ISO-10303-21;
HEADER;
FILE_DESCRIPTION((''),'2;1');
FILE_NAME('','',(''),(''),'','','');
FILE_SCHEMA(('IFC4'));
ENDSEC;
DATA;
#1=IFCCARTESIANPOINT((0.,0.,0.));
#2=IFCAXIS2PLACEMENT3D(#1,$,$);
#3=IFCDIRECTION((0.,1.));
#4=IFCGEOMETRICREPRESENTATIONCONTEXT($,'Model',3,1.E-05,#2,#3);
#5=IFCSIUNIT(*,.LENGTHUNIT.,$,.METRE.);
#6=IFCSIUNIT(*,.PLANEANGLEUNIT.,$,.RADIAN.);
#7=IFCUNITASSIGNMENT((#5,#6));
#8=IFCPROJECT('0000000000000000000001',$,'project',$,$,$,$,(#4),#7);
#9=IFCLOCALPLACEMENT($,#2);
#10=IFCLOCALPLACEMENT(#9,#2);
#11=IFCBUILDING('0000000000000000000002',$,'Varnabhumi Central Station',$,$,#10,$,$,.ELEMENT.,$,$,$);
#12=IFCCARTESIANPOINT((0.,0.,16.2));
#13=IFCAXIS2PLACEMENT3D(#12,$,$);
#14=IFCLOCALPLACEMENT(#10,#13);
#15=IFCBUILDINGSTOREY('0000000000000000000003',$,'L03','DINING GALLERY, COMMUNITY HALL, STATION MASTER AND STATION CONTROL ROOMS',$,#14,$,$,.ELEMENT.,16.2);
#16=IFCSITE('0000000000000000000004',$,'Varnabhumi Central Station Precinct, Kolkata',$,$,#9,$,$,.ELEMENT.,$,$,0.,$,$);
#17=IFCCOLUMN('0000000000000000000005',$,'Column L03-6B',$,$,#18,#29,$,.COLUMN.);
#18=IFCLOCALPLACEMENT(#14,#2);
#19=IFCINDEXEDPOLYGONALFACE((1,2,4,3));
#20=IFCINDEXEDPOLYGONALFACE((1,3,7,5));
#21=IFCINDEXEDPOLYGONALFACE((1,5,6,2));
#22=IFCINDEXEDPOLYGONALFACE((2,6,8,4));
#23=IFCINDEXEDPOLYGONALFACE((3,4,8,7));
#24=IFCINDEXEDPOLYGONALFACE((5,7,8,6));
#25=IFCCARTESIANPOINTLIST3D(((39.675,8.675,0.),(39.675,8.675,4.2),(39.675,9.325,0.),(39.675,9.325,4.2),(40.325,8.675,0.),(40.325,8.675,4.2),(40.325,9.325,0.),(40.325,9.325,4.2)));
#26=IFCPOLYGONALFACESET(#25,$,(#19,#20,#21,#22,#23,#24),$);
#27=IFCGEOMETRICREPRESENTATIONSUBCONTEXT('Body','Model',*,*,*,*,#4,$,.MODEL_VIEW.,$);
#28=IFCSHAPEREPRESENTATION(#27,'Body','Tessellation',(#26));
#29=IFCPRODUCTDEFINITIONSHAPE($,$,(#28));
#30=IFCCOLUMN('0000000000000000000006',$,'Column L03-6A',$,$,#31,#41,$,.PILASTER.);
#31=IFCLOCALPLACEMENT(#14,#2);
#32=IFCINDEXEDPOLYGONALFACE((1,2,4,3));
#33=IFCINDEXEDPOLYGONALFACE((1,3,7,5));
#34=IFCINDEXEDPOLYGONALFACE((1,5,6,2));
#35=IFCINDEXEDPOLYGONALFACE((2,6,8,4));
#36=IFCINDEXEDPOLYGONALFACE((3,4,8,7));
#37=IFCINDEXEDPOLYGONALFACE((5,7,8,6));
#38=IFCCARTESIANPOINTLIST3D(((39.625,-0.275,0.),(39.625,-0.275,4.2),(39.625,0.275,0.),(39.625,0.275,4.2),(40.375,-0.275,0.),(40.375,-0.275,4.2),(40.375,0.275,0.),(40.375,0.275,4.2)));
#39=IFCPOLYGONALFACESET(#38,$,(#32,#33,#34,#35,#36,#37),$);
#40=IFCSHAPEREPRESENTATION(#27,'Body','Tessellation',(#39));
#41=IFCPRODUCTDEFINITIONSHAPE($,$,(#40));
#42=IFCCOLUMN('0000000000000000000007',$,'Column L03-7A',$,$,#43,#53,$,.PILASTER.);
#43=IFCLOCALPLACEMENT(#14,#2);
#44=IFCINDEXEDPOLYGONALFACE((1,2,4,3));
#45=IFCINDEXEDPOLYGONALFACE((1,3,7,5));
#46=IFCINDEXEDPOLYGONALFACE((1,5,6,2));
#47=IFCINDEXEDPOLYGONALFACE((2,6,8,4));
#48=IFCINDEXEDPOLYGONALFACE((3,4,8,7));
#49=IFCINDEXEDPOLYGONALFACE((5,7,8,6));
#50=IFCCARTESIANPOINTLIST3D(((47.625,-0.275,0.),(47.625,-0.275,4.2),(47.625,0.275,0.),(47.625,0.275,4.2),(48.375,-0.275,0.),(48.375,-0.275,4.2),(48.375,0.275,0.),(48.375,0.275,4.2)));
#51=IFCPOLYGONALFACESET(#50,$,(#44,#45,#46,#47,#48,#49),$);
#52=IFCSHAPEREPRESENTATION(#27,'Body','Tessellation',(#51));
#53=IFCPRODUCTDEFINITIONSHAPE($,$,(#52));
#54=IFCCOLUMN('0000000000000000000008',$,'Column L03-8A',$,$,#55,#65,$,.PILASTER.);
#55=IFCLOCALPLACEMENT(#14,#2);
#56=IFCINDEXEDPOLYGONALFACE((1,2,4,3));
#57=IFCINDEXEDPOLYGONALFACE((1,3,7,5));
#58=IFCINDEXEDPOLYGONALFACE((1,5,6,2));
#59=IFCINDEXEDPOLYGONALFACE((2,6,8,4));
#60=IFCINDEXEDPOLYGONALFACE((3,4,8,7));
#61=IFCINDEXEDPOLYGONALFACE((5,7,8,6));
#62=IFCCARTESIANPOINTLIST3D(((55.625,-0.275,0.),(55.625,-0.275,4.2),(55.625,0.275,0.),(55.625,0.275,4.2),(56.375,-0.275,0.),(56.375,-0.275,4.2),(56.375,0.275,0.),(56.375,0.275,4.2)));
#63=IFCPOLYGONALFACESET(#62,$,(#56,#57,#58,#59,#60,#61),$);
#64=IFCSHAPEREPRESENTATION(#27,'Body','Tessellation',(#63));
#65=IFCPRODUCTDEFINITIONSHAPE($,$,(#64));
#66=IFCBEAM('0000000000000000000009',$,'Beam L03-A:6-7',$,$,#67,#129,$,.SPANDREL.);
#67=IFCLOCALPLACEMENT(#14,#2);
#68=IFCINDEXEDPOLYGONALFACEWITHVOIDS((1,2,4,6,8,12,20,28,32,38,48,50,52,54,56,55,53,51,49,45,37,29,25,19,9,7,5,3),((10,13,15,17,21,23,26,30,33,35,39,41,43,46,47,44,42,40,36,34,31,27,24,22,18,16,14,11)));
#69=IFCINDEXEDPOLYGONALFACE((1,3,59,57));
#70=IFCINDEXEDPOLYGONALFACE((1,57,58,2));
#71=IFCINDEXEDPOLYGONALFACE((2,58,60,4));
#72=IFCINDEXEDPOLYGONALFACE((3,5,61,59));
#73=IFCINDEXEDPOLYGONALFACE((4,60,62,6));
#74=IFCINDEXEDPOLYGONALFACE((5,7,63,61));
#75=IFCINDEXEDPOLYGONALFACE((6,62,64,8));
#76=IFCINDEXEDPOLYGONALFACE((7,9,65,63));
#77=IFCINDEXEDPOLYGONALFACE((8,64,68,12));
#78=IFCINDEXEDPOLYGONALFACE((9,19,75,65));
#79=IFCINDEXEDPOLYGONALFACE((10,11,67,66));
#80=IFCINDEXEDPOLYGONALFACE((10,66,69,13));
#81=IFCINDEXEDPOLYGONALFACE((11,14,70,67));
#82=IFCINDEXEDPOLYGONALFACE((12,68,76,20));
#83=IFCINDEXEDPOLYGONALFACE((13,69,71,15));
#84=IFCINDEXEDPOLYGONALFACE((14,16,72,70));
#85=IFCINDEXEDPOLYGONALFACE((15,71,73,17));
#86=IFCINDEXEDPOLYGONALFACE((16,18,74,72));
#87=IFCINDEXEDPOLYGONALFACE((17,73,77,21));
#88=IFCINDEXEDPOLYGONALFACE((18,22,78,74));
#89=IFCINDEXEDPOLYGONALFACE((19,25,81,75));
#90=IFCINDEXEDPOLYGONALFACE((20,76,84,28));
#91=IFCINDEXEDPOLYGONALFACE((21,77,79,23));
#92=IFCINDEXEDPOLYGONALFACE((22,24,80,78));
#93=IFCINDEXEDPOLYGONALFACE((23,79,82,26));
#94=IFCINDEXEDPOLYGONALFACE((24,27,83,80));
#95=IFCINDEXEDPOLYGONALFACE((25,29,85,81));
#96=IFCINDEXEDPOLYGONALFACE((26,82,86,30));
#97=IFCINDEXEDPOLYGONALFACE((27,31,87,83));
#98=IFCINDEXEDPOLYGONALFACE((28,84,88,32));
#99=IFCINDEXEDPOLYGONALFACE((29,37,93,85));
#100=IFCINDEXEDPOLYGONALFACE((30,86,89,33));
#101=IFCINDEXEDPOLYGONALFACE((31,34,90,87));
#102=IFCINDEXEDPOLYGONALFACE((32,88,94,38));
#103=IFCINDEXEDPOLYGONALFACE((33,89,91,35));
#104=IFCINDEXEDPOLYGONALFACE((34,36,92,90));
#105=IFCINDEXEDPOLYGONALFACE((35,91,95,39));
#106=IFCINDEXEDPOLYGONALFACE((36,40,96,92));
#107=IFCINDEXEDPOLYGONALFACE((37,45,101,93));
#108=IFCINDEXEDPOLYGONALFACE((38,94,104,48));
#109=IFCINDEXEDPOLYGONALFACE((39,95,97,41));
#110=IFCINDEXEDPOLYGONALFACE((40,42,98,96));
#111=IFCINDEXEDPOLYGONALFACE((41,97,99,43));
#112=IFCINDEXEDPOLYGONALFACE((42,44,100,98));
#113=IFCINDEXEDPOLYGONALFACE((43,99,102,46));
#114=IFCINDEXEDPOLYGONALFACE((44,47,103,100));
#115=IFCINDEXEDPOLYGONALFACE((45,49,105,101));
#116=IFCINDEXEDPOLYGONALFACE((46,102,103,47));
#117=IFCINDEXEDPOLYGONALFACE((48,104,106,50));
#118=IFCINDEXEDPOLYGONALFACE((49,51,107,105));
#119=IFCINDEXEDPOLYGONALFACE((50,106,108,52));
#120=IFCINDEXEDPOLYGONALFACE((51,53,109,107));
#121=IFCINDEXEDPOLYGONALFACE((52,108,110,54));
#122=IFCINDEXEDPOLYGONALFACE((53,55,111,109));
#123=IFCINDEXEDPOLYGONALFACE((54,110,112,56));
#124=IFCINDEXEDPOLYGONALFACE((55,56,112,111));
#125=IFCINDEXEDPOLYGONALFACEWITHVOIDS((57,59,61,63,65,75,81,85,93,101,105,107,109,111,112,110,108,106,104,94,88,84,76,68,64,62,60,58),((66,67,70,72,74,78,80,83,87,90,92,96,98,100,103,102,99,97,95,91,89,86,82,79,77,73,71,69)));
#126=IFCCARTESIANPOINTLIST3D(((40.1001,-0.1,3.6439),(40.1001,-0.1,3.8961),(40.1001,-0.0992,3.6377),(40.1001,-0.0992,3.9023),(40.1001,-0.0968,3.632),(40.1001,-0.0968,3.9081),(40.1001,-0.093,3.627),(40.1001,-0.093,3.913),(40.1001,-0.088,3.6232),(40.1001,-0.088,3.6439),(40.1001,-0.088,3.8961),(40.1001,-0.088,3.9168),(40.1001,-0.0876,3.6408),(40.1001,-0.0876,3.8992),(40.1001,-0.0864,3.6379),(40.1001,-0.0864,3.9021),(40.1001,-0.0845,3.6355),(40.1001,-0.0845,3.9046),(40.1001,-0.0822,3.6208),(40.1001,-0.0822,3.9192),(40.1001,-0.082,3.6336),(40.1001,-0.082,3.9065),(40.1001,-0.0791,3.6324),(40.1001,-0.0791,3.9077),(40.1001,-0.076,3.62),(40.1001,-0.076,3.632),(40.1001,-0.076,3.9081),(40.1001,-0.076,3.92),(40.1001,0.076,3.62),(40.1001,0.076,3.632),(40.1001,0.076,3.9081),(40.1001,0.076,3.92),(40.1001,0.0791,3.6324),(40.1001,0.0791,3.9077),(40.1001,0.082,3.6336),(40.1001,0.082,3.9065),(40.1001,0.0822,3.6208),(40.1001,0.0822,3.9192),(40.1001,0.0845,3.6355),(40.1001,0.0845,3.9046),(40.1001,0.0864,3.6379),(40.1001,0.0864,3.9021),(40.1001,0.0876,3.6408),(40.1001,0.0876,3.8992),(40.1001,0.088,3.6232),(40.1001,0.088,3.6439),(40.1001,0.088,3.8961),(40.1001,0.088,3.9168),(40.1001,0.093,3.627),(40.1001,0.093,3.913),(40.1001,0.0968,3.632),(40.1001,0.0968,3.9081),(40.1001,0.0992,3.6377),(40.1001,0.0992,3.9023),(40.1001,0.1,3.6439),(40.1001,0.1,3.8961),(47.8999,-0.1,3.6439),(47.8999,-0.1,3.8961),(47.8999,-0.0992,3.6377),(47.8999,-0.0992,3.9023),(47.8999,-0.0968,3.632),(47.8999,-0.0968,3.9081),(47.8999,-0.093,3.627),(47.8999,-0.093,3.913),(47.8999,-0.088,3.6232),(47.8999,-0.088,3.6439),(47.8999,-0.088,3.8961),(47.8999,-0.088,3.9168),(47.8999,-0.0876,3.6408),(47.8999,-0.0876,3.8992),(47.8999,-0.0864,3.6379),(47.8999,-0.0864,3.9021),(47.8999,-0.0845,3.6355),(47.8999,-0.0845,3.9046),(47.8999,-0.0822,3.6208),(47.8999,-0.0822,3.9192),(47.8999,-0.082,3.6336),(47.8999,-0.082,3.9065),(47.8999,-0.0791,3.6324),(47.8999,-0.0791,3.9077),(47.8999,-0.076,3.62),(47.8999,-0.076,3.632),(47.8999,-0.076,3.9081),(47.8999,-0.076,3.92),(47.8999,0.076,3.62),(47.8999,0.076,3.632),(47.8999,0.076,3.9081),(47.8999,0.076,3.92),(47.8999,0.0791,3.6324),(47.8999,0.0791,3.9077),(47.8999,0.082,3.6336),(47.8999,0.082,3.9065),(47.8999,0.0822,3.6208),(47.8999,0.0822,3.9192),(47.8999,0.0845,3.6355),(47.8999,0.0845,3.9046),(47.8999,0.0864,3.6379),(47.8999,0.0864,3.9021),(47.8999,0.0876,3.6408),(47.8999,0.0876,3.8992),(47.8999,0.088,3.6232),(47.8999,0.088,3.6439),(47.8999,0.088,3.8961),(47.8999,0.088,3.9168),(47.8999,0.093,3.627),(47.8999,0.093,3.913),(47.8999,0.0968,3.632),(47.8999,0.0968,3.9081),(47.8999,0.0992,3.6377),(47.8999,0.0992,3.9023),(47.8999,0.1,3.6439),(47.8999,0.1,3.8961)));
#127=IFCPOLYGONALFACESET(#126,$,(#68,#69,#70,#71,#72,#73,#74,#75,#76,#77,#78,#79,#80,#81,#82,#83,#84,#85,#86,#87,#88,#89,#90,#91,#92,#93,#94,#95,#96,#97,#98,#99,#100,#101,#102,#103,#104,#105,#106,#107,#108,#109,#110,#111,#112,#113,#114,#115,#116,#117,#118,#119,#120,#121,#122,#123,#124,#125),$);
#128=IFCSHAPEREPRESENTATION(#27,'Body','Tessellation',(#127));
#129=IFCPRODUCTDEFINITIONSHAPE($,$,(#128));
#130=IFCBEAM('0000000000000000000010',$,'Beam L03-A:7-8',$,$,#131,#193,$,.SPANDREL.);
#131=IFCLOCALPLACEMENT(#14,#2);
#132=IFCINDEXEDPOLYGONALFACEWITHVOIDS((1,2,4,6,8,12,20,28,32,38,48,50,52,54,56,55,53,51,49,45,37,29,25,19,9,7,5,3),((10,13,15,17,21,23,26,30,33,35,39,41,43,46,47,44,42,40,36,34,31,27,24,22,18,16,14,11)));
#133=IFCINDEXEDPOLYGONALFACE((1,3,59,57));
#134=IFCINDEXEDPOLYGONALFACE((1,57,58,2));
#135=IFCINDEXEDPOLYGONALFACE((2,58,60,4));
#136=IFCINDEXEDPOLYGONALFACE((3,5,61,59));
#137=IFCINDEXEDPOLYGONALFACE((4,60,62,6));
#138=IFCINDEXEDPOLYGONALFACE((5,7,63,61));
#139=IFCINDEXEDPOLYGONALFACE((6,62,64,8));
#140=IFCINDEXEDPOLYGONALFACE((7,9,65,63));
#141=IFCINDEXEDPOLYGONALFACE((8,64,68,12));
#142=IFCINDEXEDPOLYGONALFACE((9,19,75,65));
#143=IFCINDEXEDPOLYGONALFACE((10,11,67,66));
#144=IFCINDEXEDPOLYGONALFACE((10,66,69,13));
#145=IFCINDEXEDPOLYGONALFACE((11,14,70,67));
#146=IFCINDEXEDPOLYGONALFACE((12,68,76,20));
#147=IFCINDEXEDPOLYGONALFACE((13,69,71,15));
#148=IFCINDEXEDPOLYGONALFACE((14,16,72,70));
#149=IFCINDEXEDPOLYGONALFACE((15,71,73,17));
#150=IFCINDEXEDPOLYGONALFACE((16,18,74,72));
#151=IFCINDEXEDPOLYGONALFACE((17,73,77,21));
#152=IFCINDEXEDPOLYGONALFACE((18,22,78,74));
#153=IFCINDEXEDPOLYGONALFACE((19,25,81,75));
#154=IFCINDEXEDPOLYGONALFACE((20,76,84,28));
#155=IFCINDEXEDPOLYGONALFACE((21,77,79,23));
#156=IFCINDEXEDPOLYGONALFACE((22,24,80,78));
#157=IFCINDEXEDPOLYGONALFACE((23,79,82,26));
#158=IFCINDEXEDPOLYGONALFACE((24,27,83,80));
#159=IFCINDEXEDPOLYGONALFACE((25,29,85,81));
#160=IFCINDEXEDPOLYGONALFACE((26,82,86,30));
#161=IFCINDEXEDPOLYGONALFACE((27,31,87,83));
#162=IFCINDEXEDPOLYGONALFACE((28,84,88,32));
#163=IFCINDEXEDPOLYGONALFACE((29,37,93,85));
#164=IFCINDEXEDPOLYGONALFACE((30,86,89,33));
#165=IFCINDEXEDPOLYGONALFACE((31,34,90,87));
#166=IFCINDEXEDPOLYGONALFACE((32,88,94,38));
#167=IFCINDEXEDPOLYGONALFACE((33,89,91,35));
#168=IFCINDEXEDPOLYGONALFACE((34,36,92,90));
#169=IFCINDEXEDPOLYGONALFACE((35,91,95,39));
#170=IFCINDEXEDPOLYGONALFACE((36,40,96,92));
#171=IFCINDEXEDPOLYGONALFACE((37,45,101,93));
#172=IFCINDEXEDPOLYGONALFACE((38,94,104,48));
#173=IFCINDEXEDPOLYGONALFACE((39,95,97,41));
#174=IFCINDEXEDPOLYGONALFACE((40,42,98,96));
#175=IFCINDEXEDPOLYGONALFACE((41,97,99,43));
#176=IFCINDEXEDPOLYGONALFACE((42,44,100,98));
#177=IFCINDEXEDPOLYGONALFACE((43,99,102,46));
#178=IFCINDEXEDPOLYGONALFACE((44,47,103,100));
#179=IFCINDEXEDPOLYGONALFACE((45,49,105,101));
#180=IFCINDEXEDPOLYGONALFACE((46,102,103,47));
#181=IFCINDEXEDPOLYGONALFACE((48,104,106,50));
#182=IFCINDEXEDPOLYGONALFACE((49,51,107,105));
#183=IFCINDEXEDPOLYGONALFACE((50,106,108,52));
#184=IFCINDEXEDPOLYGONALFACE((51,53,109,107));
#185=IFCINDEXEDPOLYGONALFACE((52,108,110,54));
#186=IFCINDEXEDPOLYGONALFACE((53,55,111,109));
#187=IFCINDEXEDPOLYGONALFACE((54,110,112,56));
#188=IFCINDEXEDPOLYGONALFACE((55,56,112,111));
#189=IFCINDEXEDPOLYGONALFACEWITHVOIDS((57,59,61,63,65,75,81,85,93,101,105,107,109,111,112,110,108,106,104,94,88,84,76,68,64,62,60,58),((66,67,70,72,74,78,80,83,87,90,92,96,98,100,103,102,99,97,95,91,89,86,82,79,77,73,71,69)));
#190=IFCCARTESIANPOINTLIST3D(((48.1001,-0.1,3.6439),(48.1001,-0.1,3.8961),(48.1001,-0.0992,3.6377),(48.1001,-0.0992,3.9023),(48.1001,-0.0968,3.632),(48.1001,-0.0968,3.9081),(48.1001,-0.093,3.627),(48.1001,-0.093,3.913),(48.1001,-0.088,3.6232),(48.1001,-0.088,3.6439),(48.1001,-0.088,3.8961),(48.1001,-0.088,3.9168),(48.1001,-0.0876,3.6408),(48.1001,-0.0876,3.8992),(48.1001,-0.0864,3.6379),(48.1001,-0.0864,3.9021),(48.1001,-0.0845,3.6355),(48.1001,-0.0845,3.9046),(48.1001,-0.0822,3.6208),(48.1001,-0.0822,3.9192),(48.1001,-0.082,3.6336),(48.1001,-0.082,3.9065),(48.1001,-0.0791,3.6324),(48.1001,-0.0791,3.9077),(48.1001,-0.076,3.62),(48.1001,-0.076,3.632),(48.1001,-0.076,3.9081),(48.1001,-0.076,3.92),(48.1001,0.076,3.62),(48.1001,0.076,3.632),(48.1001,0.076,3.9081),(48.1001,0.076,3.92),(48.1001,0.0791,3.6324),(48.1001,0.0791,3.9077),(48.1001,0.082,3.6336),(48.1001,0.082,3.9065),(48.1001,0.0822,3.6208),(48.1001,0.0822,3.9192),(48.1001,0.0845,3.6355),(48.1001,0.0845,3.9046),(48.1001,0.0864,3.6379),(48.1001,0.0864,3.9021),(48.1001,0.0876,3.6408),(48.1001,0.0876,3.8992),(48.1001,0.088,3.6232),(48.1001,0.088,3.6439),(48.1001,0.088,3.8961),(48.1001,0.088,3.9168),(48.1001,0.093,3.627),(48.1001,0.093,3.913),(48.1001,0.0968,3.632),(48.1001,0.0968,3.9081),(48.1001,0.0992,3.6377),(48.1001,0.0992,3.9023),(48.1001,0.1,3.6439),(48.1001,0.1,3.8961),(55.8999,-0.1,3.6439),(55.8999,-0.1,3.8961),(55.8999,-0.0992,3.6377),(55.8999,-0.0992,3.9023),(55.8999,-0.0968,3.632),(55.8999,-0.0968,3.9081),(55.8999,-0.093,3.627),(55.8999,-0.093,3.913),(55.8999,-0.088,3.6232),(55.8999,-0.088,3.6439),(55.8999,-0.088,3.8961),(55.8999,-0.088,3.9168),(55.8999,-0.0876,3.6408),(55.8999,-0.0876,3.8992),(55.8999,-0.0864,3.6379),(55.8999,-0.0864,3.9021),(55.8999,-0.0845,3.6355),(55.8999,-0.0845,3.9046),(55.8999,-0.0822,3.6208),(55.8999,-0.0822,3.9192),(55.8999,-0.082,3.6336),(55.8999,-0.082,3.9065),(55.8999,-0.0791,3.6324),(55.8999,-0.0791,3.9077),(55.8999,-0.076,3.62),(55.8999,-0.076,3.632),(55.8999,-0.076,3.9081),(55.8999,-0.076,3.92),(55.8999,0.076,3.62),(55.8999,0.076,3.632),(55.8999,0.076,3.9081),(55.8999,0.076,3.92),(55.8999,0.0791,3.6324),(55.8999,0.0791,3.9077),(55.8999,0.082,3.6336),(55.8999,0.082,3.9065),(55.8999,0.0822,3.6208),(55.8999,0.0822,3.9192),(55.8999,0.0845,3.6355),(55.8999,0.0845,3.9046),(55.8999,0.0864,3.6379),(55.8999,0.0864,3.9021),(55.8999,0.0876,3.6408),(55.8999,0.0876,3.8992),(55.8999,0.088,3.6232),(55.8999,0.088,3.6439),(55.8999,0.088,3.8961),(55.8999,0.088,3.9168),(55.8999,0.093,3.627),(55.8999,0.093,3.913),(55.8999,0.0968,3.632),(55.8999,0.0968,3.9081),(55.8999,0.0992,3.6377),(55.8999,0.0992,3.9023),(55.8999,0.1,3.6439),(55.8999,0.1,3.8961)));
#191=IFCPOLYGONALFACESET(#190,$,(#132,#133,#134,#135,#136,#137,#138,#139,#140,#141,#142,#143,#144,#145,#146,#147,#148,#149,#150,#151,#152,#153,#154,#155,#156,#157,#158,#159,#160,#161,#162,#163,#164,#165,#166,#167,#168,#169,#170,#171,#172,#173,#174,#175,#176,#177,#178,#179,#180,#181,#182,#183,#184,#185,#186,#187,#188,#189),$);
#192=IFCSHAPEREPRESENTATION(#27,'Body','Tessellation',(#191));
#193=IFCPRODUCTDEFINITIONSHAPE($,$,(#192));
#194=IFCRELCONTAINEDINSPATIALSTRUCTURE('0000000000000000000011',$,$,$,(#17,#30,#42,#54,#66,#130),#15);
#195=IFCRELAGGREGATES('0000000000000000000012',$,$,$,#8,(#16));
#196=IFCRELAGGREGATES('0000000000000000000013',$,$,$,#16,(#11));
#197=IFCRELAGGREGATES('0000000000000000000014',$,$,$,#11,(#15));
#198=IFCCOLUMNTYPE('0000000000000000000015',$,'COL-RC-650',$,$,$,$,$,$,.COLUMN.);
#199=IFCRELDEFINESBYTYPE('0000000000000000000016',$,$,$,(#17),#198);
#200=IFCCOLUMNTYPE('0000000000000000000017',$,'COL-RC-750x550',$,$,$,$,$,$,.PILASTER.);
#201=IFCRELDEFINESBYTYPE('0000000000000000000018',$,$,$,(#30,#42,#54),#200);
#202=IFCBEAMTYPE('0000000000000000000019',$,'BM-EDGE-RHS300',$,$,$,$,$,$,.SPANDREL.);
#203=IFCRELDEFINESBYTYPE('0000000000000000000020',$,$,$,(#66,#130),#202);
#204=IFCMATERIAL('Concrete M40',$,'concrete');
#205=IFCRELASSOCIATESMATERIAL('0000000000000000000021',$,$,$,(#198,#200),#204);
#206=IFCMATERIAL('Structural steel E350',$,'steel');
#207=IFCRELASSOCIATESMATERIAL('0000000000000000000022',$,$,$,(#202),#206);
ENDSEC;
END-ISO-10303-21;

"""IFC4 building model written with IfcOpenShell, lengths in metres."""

from ifc_helpers import new_model, si_unit, direction, frame, origin, origin_2d, place, context, subcontext, project, spatial, rectangle, hollow_rectangle, extrude, material, material_profile, profile_set, type_object, element, save


model = new_model("IFC4")

# Units and contexts
model_context = context("Model", 3, precision=1e-05, world=origin(), true_north=direction((0.0, 1.0)))
body_context = subcontext(model_context, "Body", "Model", "MODEL_VIEW")
ifc_project = project(units=[si_unit("LENGTHUNIT", "METRE"), si_unit("PLANEANGLEUNIT", "RADIAN")], contexts=[model_context])

# Site, building, storey
site_placement = place(None, origin())
site = spatial("IfcSite", under=ifc_project, at=site_placement, Name="Varnabhumi Central Station Precinct, Kolkata", CompositionType="ELEMENT", RefElevation=0.0)
building_placement = place(site_placement, origin())
building = spatial("IfcBuilding", under=site, at=building_placement, Name="Varnabhumi Central Station", CompositionType="ELEMENT")
storey_placement = place(building_placement, frame((0.0, 0.0, 16.2)))
storey = spatial("IfcBuildingStorey", under=building, at=storey_placement, Name="L03", Description="DINING GALLERY, COMMUNITY HALL, STATION MASTER AND STATION CONTROL ROOMS", CompositionType="ELEMENT", Elevation=16.2)

# Columns
ifc_material_1 = material(Name="Concrete M40", Category="concrete")
ifc_material_profile_1 = material_profile(ifc_material_1, rectangle(XDim=0.6499, YDim=0.6499, at=origin_2d()), Name="Concrete M40", Category="concrete")
ifc_profile_set_1 = profile_set([ifc_material_profile_1], Name="Concrete M40")
column_type_1 = type_object("IfcColumnType", Name="COL-RC-650", PredefinedType="COLUMN", material=ifc_profile_set_1)
column_placement = place(storey_placement, frame((40.0, 9.0, 0.0), z_axis=(0.0, 0.0, 1.0), x_axis=(1.0, 0.0, 0.0)))
element("IfcColumn", 1, at=column_placement, inside=storey, type_object=column_type_1, Name="Column L03-6B", PredefinedType="COLUMN", context=body_context, shape_type="SweptSolid", body=[
    extrude(rectangle(XDim=0.6499, YDim=0.6499, at=origin_2d()), origin(), (0.0, 0.0, 1.0), 4.2),
])
ifc_material_profile_2 = material_profile(ifc_material_1, rectangle(XDim=0.75, YDim=0.55, at=origin_2d()), Name="Concrete M40", Category="concrete")
ifc_profile_set_2 = profile_set([ifc_material_profile_2], Name="Concrete M40")
column_type_2 = type_object("IfcColumnType", Name="COL-RC-750x550", PredefinedType="PILASTER", material=ifc_profile_set_2)
for number, where, z_axis, x_axis, name in (
    (2, (40.0, 0.0, 0.0), (0.0, 0.0, 1.0), (1.0, 0.0, 0.0), "Column L03-6A"),
    (3, (48.0, 0.0, 0.0), (0.0, 0.0, 1.0), (1.0, 0.0, 0.0), "Column L03-7A"),
    (4, (56.0, 0.0, 0.0), (0.0, 0.0, 1.0), (1.0, 0.0, 0.0), "Column L03-8A"),
):
    element("IfcColumn", number, at=place(storey_placement, frame(where, z_axis=z_axis, x_axis=x_axis)), inside=storey, type_object=column_type_2, Name=name, PredefinedType="PILASTER", context=body_context, shape_type="SweptSolid", body=[
        extrude(rectangle(XDim=0.75, YDim=0.55, at=origin_2d()), origin(), (0.0, 0.0, 1.0), 4.2),
    ])

# Beams
ifc_material_2 = material(Name="Structural steel E350", Category="steel")
ifc_material_profile_3 = material_profile(ifc_material_2, hollow_rectangle(XDim=0.2, YDim=0.3, WallThickness=0.012, InnerFilletRadius=0.012, OuterFilletRadius=0.0239, at=origin_2d()), Name="Structural steel E350", Category="steel")
ifc_profile_set_3 = profile_set([ifc_material_profile_3], Name="Structural steel E350")
beam_type_1 = type_object("IfcBeamType", Name="BM-EDGE-RHS300", PredefinedType="SPANDREL", material=ifc_profile_set_3)
for number, where, z_axis, x_axis, name in (
    (5, (40.1001, 0.0, 3.77), (1.0, 0.0, 0.0), (0.0, 1.0, 0.0), "Beam L03-A:6-7"),
    (6, (48.1001, 0.0, 3.77), (1.0, 0.0, 0.0), (0.0, 1.0, 0.0), "Beam L03-A:7-8"),
):
    element("IfcBeam", number, at=place(storey_placement, frame(where, z_axis=z_axis, x_axis=x_axis)), inside=storey, type_object=beam_type_1, Name=name, PredefinedType="SPANDREL", context=body_context, shape_type="SweptSolid", body=[
        extrude(hollow_rectangle(XDim=0.2, YDim=0.3, WallThickness=0.012, InnerFilletRadius=0.012, OuterFilletRadius=0.0239, at=origin_2d()), origin(), (0.0, 0.0, 1.0), 7.7998),
    ])

save(model, "model.ifc")
